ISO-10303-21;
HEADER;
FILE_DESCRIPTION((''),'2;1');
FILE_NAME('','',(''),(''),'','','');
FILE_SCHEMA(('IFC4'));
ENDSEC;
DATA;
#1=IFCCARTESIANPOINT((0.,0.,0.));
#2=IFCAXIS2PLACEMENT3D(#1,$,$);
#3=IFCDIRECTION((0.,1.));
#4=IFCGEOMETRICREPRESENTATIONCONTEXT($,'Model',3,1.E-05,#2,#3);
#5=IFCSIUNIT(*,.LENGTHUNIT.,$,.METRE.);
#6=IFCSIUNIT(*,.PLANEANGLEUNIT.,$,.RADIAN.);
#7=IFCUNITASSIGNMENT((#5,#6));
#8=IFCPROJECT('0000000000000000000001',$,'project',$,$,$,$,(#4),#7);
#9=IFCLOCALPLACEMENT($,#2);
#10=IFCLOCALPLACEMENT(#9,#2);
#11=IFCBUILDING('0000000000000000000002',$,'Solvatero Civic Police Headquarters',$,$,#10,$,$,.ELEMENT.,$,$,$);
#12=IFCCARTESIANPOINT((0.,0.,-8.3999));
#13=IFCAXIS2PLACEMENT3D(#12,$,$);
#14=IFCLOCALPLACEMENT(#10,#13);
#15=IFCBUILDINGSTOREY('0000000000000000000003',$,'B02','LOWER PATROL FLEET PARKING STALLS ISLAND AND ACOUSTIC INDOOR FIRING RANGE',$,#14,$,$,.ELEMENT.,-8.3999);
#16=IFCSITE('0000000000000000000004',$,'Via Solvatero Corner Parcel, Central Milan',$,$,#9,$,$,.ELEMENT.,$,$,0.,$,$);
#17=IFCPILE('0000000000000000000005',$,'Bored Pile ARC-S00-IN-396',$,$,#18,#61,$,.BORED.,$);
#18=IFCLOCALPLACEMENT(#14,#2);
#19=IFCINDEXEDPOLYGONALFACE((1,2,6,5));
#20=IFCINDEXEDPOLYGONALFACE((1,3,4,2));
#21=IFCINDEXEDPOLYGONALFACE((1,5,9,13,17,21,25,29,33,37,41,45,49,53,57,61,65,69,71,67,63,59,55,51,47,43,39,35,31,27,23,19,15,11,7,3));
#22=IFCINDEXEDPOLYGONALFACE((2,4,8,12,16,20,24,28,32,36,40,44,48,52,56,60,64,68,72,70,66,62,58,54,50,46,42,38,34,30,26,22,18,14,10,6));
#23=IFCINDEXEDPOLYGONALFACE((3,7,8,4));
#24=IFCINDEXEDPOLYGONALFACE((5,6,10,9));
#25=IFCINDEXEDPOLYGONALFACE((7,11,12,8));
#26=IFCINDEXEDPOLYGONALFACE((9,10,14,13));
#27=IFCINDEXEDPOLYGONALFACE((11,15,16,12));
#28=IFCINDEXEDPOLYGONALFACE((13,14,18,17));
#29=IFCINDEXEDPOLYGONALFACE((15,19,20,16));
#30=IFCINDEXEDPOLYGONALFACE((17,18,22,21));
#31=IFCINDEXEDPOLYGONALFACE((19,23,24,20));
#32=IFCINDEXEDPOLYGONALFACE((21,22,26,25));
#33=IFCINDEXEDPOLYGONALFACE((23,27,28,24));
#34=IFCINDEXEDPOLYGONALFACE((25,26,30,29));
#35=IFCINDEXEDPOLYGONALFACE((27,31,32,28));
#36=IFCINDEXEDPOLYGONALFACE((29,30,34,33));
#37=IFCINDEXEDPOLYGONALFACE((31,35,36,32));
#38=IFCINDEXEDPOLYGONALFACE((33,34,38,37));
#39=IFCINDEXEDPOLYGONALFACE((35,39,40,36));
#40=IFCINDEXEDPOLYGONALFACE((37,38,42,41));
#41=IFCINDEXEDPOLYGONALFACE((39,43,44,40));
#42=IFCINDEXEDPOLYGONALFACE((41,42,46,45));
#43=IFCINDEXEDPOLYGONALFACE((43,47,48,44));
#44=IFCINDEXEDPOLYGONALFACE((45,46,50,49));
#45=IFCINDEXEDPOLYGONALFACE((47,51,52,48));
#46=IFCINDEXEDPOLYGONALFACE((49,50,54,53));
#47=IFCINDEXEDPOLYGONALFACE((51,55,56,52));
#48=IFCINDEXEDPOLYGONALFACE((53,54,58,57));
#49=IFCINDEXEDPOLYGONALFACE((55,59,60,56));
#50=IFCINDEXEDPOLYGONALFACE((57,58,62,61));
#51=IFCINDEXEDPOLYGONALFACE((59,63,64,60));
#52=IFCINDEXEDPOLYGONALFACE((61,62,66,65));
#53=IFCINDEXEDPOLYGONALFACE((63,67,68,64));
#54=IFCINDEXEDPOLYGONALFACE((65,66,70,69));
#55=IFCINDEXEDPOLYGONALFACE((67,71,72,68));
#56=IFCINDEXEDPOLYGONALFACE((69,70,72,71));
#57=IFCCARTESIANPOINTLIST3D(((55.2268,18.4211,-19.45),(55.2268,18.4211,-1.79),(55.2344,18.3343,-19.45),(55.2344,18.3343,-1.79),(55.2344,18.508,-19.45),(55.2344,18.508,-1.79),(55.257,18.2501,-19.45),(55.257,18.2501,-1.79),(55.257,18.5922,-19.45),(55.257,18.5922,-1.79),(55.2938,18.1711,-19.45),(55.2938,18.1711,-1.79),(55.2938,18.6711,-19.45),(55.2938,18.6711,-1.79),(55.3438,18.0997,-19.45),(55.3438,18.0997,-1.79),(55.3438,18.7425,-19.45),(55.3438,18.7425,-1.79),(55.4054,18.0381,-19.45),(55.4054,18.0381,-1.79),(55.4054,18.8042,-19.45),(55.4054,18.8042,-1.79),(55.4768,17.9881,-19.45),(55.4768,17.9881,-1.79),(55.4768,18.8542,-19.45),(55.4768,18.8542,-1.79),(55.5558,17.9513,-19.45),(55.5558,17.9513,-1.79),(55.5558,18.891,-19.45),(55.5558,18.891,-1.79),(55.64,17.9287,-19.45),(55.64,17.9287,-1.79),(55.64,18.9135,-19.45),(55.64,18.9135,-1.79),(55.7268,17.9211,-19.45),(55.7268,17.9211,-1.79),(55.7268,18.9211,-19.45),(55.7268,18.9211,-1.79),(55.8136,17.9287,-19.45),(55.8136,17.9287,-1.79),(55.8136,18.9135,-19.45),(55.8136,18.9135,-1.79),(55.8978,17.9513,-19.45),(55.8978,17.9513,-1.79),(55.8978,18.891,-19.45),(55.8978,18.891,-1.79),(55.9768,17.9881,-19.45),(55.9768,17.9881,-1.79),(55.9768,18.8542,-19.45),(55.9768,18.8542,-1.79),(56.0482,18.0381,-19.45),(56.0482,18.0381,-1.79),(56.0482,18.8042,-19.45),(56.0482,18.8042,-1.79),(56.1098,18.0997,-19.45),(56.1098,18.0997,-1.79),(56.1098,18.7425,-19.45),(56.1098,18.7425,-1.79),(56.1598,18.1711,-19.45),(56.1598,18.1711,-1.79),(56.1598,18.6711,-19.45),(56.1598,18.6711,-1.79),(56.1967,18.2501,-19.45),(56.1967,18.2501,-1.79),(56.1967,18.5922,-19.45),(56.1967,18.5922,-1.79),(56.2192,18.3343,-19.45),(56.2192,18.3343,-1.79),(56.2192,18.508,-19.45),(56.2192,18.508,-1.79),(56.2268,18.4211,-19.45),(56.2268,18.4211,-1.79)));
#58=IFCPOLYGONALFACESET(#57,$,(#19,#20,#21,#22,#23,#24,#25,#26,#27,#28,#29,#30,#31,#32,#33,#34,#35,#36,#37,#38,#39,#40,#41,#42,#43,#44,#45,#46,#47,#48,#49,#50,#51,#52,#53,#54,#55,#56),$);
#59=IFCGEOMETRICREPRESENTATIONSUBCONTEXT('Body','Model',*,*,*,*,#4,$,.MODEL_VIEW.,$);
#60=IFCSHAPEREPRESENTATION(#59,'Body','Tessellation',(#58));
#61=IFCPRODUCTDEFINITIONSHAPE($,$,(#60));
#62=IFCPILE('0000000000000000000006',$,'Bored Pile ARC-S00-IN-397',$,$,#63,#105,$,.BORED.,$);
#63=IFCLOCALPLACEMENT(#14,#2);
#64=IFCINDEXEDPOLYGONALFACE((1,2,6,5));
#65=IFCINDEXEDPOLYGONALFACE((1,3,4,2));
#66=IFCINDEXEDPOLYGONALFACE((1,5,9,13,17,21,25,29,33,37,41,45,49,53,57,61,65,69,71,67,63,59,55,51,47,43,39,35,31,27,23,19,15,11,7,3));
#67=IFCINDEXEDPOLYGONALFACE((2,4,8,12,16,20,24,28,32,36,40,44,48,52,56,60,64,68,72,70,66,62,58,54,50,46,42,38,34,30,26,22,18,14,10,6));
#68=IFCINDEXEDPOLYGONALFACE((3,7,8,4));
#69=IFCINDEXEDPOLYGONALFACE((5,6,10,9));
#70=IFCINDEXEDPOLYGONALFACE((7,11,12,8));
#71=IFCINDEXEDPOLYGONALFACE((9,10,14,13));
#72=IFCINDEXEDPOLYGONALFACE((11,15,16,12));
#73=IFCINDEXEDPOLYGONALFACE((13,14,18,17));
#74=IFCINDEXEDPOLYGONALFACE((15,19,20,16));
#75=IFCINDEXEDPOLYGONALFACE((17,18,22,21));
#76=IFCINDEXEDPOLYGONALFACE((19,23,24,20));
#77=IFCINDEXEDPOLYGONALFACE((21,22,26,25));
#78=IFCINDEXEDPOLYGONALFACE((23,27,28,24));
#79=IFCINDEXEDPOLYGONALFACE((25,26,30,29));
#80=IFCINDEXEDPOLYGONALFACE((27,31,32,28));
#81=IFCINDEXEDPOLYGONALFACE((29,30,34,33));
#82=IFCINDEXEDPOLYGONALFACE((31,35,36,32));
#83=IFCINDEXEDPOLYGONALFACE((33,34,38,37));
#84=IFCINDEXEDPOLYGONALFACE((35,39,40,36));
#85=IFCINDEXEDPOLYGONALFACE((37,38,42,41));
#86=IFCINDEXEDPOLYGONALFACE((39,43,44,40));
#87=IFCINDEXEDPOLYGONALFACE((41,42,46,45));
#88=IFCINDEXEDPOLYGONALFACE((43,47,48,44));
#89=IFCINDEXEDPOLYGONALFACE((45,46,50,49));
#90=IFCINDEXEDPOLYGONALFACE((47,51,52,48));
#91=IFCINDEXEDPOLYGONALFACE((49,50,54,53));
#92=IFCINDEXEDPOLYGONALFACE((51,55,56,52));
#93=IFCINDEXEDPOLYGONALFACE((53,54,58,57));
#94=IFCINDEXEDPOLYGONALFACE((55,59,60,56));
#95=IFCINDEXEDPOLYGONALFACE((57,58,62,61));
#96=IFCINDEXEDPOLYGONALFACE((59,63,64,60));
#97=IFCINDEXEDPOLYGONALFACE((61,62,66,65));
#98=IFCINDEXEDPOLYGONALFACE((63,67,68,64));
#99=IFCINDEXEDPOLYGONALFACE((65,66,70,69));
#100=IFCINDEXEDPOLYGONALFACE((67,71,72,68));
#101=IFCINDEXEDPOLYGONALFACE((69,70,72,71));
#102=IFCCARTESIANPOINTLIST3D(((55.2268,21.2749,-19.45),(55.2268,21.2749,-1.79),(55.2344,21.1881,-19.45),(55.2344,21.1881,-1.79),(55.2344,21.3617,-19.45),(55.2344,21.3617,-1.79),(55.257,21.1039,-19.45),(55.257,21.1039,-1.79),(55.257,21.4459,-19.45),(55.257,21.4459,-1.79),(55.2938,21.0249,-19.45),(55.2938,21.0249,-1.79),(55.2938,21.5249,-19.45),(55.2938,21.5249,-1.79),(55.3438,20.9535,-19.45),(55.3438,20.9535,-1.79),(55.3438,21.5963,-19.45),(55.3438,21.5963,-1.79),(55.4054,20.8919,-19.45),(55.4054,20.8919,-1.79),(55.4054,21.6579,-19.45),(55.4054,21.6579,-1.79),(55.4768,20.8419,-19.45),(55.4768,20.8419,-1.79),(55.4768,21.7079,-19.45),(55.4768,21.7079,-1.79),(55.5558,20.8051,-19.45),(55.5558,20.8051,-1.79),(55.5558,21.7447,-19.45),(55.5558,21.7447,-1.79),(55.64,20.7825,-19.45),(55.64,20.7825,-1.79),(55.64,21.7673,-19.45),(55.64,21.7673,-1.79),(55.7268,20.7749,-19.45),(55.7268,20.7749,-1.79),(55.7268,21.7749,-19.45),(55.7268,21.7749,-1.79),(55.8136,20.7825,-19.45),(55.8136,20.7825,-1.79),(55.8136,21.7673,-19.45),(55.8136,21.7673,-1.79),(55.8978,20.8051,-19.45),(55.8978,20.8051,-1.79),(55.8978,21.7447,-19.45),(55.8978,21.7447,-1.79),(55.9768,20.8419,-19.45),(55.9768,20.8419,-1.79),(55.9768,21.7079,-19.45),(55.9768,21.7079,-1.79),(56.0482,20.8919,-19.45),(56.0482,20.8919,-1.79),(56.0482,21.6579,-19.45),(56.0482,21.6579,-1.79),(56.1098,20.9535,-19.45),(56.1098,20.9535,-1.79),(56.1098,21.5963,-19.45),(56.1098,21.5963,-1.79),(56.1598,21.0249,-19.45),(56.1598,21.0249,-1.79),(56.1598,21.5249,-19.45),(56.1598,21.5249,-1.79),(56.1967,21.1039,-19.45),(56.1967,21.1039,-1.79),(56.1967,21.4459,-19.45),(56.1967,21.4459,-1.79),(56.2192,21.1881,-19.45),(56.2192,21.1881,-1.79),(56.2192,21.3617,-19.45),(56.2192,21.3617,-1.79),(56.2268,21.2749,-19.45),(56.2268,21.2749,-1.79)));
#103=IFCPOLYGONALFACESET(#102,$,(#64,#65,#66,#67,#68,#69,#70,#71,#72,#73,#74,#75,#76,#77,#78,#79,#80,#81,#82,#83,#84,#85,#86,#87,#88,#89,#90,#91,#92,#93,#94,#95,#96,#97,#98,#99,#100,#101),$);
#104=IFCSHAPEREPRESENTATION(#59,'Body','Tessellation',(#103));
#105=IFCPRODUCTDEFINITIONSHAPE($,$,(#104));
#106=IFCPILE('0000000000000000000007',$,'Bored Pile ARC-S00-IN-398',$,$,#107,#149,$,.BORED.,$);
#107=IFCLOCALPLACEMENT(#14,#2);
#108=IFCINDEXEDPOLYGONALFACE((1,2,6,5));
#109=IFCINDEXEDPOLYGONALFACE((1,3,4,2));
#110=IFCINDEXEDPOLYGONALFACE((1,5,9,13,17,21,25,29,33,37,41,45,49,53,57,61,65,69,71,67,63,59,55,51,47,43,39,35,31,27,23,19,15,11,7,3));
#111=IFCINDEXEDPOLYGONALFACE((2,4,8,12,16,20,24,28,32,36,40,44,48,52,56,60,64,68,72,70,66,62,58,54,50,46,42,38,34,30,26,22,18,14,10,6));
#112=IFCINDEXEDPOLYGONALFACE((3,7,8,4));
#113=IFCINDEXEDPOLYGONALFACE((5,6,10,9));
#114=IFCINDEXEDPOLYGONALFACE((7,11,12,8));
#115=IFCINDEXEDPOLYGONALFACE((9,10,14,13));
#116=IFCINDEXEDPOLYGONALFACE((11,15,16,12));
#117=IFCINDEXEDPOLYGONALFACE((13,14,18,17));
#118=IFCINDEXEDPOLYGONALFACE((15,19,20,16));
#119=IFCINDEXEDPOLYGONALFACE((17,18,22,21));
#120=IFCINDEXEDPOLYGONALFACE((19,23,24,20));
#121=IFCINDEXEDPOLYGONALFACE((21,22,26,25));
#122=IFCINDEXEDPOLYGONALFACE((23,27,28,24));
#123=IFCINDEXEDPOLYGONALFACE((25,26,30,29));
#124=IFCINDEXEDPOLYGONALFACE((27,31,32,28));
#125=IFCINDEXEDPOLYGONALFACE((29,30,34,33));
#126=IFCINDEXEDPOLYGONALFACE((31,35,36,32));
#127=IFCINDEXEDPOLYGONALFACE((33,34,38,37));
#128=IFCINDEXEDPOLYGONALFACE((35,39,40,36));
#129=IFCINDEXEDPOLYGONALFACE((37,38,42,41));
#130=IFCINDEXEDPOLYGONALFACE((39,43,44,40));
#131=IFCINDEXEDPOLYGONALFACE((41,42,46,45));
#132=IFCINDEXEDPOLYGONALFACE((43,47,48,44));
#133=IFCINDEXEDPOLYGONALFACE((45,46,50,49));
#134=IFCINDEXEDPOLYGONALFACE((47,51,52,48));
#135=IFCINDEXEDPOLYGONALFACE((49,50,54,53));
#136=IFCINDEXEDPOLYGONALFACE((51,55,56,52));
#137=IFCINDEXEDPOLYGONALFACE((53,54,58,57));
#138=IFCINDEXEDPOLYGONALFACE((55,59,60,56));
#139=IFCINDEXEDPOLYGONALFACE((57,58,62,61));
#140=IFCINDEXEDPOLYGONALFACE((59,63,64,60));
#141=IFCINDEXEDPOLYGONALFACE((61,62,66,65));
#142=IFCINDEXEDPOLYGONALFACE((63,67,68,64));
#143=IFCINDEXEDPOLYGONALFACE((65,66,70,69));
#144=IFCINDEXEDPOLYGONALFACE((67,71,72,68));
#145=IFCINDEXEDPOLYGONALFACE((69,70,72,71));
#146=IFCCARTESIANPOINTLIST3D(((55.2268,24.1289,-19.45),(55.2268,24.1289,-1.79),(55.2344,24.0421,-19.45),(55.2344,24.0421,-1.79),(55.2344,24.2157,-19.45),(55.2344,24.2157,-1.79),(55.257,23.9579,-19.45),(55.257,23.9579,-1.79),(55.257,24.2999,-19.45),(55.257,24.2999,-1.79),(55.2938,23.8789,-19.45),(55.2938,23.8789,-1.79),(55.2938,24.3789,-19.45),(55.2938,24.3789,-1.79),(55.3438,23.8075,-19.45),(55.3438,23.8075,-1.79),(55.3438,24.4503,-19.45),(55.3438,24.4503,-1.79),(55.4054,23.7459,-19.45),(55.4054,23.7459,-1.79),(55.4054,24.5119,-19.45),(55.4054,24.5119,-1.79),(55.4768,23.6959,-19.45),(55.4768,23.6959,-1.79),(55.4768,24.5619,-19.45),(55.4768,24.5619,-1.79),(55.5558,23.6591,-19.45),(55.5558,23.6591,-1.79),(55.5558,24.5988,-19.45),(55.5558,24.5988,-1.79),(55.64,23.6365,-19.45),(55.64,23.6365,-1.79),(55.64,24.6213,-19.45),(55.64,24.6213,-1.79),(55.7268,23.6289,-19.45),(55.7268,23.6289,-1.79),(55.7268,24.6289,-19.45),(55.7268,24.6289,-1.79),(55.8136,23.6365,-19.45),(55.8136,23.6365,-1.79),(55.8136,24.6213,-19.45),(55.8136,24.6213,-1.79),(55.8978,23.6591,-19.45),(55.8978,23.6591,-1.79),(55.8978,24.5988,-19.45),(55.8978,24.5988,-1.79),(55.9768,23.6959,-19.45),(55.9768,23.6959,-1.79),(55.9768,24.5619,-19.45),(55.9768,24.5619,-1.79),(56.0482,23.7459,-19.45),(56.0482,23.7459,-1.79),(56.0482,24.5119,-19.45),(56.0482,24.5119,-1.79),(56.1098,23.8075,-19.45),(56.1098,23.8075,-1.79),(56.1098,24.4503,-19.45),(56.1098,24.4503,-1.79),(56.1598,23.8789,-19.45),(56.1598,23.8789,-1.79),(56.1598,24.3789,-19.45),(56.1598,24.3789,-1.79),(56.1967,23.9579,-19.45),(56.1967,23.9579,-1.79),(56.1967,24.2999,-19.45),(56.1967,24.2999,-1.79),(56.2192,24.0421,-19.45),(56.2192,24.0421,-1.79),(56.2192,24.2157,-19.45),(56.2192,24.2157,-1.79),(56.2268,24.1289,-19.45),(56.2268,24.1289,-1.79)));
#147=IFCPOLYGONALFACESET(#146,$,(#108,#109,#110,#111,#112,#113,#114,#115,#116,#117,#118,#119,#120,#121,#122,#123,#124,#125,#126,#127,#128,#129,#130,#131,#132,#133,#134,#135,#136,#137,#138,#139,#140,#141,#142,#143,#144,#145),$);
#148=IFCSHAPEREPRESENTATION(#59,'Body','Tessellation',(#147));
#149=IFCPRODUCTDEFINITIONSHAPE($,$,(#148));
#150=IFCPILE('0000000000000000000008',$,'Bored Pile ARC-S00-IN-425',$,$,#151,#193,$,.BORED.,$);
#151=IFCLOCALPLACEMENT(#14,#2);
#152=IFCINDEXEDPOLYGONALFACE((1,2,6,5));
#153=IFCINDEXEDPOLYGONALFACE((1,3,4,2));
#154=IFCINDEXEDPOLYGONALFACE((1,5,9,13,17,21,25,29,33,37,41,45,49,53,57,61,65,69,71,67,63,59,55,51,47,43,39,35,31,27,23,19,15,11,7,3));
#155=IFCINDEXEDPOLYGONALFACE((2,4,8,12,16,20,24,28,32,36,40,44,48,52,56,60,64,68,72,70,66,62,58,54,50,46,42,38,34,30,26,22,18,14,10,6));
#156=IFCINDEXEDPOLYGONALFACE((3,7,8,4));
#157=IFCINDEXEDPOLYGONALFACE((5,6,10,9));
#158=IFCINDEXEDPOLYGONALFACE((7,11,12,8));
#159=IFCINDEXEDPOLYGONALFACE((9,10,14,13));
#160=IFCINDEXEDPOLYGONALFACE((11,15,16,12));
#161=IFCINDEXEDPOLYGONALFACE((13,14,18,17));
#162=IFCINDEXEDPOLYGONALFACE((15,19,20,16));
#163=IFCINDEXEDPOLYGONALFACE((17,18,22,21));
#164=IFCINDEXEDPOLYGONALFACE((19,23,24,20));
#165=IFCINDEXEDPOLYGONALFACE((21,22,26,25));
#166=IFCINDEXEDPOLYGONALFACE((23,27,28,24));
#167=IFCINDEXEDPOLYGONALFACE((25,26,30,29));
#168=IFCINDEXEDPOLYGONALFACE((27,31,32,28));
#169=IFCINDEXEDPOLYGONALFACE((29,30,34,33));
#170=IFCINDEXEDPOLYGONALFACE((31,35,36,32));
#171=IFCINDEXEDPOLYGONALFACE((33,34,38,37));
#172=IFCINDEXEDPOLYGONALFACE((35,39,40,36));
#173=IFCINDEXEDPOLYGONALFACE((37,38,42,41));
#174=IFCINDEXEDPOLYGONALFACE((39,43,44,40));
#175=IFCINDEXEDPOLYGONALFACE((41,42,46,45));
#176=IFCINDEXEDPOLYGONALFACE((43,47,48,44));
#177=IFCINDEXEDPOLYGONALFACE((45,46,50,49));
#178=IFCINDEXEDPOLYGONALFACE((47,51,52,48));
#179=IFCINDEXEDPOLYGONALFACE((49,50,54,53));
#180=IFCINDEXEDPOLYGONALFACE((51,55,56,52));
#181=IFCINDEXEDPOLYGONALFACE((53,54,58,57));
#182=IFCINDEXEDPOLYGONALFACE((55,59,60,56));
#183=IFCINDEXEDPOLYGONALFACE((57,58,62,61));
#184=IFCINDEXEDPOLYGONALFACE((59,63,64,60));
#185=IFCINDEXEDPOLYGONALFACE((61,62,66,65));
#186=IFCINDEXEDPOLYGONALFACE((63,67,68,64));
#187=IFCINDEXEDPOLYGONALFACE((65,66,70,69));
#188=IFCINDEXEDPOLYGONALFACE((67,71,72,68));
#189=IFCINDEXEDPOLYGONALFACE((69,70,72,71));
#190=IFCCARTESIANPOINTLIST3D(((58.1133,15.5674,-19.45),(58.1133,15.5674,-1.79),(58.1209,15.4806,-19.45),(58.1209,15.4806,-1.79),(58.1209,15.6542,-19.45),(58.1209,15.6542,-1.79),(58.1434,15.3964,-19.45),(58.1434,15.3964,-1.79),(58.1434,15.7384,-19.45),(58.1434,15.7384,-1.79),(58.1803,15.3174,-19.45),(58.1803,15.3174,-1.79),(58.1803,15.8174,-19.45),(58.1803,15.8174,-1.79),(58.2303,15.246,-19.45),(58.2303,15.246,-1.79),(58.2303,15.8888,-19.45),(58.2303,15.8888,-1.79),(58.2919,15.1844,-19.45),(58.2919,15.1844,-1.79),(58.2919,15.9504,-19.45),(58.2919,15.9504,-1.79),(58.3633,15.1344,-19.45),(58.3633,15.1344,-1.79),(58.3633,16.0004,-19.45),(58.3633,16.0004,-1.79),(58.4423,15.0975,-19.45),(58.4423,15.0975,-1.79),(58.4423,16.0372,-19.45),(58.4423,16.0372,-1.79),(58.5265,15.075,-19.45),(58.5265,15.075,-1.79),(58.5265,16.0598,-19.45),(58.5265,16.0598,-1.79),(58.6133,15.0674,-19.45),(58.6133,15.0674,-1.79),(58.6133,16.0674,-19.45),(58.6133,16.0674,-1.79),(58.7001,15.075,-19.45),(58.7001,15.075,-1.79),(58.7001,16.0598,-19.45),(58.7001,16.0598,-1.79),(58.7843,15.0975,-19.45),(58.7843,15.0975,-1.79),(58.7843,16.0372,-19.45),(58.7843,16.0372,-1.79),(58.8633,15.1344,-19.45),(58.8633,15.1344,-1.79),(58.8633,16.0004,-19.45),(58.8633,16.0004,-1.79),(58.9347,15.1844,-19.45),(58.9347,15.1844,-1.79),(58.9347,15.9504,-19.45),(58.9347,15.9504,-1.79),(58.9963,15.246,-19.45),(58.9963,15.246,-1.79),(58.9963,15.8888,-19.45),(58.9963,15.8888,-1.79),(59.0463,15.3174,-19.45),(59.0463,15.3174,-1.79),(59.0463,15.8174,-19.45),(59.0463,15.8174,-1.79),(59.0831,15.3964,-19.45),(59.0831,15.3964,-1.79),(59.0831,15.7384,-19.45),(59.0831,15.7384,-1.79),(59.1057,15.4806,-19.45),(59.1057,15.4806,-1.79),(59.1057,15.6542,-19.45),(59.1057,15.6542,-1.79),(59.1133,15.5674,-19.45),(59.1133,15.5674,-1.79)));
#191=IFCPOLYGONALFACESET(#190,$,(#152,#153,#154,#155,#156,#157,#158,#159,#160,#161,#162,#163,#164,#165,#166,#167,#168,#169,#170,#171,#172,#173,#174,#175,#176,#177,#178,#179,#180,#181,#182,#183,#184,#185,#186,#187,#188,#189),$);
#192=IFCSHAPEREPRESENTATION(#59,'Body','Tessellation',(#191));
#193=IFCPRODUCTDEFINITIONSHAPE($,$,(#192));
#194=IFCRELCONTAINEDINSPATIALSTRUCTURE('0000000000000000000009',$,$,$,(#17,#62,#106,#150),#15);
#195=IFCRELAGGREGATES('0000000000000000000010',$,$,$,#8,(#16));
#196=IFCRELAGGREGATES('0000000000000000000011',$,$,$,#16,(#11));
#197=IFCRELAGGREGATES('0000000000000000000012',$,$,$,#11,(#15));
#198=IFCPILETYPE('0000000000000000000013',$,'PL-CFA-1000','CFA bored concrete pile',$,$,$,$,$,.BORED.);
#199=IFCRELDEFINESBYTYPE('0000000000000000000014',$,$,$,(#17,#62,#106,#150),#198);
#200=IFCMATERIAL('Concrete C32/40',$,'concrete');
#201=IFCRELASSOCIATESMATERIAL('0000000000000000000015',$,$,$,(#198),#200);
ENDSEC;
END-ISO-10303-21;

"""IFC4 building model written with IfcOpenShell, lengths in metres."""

from ifc_helpers import new_model, si_unit, direction, frame, origin, origin_2d, place, context, subcontext, project, spatial, circle, extrude, material, material_profile, profile_set, type_object, element, save


model = new_model("IFC4")

# Units and contexts
model_context = context("Model", 3, precision=1e-05, world=origin(), true_north=direction((0.0, 1.0)))
body_context = subcontext(model_context, "Body", "Model", "MODEL_VIEW")
ifc_project = project(units=[si_unit("LENGTHUNIT", "METRE"), si_unit("PLANEANGLEUNIT", "RADIAN")], contexts=[model_context])

# Site, building, storey
site_placement = place(None, origin())
site = spatial("IfcSite", under=ifc_project, at=site_placement, Name="Via Solvatero Corner Parcel, Central Milan", CompositionType="ELEMENT", RefElevation=0.0)
building_placement = place(site_placement, origin())
building = spatial("IfcBuilding", under=site, at=building_placement, Name="Solvatero Civic Police Headquarters", CompositionType="ELEMENT")
storey_placement = place(building_placement, frame((0.0, 0.0, -8.3999)))
storey = spatial("IfcBuildingStorey", under=building, at=storey_placement, Name="B02", Description="LOWER PATROL FLEET PARKING STALLS ISLAND AND ACOUSTIC INDOOR FIRING RANGE", CompositionType="ELEMENT", Elevation=-8.3999)

# Piles
ifc_material_1 = material(Name="Concrete C32/40", Category="concrete")
ifc_material_profile_1 = material_profile(ifc_material_1, circle(Radius=0.5, at=origin_2d()), Name="CFA PILE D1000")
ifc_profile_set_1 = profile_set([ifc_material_profile_1], Name="Concrete C32/40")
pile_type = type_object("IfcPileType", Name="PL-CFA-1000", Description="CFA bored concrete pile", PredefinedType="BORED", material=ifc_profile_set_1)
for number, where, z_axis, x_axis, name in (
    (1, (55.7268, 18.4211, -1.79), (0.0, 0.0, -1.0), (1.0, 0.0, 0.0), "Bored Pile ARC-S00-IN-396"),
    (2, (55.7268, 21.2749, -1.79), (0.0, 0.0, -1.0), (1.0, 0.0, 0.0), "Bored Pile ARC-S00-IN-397"),
    (3, (55.7268, 24.1289, -1.79), (0.0, 0.0, -1.0), (1.0, 0.0, 0.0), "Bored Pile ARC-S00-IN-398"),
    (4, (58.6133, 15.5674, -1.79), (0.0, 0.0, -1.0), (1.0, 0.0, 0.0), "Bored Pile ARC-S00-IN-425"),
):
    element("IfcPile", number, at=place(storey_placement, frame(where, z_axis=z_axis, x_axis=x_axis)), inside=storey, type_object=pile_type, Name=name, PredefinedType="BORED", context=body_context, shape_type="SweptSolid", body=[
        extrude(circle(Radius=0.5, at=origin_2d()), origin(), (0.0, 0.0, 1.0), 17.6599),
    ])

save(model, "model.ifc")
